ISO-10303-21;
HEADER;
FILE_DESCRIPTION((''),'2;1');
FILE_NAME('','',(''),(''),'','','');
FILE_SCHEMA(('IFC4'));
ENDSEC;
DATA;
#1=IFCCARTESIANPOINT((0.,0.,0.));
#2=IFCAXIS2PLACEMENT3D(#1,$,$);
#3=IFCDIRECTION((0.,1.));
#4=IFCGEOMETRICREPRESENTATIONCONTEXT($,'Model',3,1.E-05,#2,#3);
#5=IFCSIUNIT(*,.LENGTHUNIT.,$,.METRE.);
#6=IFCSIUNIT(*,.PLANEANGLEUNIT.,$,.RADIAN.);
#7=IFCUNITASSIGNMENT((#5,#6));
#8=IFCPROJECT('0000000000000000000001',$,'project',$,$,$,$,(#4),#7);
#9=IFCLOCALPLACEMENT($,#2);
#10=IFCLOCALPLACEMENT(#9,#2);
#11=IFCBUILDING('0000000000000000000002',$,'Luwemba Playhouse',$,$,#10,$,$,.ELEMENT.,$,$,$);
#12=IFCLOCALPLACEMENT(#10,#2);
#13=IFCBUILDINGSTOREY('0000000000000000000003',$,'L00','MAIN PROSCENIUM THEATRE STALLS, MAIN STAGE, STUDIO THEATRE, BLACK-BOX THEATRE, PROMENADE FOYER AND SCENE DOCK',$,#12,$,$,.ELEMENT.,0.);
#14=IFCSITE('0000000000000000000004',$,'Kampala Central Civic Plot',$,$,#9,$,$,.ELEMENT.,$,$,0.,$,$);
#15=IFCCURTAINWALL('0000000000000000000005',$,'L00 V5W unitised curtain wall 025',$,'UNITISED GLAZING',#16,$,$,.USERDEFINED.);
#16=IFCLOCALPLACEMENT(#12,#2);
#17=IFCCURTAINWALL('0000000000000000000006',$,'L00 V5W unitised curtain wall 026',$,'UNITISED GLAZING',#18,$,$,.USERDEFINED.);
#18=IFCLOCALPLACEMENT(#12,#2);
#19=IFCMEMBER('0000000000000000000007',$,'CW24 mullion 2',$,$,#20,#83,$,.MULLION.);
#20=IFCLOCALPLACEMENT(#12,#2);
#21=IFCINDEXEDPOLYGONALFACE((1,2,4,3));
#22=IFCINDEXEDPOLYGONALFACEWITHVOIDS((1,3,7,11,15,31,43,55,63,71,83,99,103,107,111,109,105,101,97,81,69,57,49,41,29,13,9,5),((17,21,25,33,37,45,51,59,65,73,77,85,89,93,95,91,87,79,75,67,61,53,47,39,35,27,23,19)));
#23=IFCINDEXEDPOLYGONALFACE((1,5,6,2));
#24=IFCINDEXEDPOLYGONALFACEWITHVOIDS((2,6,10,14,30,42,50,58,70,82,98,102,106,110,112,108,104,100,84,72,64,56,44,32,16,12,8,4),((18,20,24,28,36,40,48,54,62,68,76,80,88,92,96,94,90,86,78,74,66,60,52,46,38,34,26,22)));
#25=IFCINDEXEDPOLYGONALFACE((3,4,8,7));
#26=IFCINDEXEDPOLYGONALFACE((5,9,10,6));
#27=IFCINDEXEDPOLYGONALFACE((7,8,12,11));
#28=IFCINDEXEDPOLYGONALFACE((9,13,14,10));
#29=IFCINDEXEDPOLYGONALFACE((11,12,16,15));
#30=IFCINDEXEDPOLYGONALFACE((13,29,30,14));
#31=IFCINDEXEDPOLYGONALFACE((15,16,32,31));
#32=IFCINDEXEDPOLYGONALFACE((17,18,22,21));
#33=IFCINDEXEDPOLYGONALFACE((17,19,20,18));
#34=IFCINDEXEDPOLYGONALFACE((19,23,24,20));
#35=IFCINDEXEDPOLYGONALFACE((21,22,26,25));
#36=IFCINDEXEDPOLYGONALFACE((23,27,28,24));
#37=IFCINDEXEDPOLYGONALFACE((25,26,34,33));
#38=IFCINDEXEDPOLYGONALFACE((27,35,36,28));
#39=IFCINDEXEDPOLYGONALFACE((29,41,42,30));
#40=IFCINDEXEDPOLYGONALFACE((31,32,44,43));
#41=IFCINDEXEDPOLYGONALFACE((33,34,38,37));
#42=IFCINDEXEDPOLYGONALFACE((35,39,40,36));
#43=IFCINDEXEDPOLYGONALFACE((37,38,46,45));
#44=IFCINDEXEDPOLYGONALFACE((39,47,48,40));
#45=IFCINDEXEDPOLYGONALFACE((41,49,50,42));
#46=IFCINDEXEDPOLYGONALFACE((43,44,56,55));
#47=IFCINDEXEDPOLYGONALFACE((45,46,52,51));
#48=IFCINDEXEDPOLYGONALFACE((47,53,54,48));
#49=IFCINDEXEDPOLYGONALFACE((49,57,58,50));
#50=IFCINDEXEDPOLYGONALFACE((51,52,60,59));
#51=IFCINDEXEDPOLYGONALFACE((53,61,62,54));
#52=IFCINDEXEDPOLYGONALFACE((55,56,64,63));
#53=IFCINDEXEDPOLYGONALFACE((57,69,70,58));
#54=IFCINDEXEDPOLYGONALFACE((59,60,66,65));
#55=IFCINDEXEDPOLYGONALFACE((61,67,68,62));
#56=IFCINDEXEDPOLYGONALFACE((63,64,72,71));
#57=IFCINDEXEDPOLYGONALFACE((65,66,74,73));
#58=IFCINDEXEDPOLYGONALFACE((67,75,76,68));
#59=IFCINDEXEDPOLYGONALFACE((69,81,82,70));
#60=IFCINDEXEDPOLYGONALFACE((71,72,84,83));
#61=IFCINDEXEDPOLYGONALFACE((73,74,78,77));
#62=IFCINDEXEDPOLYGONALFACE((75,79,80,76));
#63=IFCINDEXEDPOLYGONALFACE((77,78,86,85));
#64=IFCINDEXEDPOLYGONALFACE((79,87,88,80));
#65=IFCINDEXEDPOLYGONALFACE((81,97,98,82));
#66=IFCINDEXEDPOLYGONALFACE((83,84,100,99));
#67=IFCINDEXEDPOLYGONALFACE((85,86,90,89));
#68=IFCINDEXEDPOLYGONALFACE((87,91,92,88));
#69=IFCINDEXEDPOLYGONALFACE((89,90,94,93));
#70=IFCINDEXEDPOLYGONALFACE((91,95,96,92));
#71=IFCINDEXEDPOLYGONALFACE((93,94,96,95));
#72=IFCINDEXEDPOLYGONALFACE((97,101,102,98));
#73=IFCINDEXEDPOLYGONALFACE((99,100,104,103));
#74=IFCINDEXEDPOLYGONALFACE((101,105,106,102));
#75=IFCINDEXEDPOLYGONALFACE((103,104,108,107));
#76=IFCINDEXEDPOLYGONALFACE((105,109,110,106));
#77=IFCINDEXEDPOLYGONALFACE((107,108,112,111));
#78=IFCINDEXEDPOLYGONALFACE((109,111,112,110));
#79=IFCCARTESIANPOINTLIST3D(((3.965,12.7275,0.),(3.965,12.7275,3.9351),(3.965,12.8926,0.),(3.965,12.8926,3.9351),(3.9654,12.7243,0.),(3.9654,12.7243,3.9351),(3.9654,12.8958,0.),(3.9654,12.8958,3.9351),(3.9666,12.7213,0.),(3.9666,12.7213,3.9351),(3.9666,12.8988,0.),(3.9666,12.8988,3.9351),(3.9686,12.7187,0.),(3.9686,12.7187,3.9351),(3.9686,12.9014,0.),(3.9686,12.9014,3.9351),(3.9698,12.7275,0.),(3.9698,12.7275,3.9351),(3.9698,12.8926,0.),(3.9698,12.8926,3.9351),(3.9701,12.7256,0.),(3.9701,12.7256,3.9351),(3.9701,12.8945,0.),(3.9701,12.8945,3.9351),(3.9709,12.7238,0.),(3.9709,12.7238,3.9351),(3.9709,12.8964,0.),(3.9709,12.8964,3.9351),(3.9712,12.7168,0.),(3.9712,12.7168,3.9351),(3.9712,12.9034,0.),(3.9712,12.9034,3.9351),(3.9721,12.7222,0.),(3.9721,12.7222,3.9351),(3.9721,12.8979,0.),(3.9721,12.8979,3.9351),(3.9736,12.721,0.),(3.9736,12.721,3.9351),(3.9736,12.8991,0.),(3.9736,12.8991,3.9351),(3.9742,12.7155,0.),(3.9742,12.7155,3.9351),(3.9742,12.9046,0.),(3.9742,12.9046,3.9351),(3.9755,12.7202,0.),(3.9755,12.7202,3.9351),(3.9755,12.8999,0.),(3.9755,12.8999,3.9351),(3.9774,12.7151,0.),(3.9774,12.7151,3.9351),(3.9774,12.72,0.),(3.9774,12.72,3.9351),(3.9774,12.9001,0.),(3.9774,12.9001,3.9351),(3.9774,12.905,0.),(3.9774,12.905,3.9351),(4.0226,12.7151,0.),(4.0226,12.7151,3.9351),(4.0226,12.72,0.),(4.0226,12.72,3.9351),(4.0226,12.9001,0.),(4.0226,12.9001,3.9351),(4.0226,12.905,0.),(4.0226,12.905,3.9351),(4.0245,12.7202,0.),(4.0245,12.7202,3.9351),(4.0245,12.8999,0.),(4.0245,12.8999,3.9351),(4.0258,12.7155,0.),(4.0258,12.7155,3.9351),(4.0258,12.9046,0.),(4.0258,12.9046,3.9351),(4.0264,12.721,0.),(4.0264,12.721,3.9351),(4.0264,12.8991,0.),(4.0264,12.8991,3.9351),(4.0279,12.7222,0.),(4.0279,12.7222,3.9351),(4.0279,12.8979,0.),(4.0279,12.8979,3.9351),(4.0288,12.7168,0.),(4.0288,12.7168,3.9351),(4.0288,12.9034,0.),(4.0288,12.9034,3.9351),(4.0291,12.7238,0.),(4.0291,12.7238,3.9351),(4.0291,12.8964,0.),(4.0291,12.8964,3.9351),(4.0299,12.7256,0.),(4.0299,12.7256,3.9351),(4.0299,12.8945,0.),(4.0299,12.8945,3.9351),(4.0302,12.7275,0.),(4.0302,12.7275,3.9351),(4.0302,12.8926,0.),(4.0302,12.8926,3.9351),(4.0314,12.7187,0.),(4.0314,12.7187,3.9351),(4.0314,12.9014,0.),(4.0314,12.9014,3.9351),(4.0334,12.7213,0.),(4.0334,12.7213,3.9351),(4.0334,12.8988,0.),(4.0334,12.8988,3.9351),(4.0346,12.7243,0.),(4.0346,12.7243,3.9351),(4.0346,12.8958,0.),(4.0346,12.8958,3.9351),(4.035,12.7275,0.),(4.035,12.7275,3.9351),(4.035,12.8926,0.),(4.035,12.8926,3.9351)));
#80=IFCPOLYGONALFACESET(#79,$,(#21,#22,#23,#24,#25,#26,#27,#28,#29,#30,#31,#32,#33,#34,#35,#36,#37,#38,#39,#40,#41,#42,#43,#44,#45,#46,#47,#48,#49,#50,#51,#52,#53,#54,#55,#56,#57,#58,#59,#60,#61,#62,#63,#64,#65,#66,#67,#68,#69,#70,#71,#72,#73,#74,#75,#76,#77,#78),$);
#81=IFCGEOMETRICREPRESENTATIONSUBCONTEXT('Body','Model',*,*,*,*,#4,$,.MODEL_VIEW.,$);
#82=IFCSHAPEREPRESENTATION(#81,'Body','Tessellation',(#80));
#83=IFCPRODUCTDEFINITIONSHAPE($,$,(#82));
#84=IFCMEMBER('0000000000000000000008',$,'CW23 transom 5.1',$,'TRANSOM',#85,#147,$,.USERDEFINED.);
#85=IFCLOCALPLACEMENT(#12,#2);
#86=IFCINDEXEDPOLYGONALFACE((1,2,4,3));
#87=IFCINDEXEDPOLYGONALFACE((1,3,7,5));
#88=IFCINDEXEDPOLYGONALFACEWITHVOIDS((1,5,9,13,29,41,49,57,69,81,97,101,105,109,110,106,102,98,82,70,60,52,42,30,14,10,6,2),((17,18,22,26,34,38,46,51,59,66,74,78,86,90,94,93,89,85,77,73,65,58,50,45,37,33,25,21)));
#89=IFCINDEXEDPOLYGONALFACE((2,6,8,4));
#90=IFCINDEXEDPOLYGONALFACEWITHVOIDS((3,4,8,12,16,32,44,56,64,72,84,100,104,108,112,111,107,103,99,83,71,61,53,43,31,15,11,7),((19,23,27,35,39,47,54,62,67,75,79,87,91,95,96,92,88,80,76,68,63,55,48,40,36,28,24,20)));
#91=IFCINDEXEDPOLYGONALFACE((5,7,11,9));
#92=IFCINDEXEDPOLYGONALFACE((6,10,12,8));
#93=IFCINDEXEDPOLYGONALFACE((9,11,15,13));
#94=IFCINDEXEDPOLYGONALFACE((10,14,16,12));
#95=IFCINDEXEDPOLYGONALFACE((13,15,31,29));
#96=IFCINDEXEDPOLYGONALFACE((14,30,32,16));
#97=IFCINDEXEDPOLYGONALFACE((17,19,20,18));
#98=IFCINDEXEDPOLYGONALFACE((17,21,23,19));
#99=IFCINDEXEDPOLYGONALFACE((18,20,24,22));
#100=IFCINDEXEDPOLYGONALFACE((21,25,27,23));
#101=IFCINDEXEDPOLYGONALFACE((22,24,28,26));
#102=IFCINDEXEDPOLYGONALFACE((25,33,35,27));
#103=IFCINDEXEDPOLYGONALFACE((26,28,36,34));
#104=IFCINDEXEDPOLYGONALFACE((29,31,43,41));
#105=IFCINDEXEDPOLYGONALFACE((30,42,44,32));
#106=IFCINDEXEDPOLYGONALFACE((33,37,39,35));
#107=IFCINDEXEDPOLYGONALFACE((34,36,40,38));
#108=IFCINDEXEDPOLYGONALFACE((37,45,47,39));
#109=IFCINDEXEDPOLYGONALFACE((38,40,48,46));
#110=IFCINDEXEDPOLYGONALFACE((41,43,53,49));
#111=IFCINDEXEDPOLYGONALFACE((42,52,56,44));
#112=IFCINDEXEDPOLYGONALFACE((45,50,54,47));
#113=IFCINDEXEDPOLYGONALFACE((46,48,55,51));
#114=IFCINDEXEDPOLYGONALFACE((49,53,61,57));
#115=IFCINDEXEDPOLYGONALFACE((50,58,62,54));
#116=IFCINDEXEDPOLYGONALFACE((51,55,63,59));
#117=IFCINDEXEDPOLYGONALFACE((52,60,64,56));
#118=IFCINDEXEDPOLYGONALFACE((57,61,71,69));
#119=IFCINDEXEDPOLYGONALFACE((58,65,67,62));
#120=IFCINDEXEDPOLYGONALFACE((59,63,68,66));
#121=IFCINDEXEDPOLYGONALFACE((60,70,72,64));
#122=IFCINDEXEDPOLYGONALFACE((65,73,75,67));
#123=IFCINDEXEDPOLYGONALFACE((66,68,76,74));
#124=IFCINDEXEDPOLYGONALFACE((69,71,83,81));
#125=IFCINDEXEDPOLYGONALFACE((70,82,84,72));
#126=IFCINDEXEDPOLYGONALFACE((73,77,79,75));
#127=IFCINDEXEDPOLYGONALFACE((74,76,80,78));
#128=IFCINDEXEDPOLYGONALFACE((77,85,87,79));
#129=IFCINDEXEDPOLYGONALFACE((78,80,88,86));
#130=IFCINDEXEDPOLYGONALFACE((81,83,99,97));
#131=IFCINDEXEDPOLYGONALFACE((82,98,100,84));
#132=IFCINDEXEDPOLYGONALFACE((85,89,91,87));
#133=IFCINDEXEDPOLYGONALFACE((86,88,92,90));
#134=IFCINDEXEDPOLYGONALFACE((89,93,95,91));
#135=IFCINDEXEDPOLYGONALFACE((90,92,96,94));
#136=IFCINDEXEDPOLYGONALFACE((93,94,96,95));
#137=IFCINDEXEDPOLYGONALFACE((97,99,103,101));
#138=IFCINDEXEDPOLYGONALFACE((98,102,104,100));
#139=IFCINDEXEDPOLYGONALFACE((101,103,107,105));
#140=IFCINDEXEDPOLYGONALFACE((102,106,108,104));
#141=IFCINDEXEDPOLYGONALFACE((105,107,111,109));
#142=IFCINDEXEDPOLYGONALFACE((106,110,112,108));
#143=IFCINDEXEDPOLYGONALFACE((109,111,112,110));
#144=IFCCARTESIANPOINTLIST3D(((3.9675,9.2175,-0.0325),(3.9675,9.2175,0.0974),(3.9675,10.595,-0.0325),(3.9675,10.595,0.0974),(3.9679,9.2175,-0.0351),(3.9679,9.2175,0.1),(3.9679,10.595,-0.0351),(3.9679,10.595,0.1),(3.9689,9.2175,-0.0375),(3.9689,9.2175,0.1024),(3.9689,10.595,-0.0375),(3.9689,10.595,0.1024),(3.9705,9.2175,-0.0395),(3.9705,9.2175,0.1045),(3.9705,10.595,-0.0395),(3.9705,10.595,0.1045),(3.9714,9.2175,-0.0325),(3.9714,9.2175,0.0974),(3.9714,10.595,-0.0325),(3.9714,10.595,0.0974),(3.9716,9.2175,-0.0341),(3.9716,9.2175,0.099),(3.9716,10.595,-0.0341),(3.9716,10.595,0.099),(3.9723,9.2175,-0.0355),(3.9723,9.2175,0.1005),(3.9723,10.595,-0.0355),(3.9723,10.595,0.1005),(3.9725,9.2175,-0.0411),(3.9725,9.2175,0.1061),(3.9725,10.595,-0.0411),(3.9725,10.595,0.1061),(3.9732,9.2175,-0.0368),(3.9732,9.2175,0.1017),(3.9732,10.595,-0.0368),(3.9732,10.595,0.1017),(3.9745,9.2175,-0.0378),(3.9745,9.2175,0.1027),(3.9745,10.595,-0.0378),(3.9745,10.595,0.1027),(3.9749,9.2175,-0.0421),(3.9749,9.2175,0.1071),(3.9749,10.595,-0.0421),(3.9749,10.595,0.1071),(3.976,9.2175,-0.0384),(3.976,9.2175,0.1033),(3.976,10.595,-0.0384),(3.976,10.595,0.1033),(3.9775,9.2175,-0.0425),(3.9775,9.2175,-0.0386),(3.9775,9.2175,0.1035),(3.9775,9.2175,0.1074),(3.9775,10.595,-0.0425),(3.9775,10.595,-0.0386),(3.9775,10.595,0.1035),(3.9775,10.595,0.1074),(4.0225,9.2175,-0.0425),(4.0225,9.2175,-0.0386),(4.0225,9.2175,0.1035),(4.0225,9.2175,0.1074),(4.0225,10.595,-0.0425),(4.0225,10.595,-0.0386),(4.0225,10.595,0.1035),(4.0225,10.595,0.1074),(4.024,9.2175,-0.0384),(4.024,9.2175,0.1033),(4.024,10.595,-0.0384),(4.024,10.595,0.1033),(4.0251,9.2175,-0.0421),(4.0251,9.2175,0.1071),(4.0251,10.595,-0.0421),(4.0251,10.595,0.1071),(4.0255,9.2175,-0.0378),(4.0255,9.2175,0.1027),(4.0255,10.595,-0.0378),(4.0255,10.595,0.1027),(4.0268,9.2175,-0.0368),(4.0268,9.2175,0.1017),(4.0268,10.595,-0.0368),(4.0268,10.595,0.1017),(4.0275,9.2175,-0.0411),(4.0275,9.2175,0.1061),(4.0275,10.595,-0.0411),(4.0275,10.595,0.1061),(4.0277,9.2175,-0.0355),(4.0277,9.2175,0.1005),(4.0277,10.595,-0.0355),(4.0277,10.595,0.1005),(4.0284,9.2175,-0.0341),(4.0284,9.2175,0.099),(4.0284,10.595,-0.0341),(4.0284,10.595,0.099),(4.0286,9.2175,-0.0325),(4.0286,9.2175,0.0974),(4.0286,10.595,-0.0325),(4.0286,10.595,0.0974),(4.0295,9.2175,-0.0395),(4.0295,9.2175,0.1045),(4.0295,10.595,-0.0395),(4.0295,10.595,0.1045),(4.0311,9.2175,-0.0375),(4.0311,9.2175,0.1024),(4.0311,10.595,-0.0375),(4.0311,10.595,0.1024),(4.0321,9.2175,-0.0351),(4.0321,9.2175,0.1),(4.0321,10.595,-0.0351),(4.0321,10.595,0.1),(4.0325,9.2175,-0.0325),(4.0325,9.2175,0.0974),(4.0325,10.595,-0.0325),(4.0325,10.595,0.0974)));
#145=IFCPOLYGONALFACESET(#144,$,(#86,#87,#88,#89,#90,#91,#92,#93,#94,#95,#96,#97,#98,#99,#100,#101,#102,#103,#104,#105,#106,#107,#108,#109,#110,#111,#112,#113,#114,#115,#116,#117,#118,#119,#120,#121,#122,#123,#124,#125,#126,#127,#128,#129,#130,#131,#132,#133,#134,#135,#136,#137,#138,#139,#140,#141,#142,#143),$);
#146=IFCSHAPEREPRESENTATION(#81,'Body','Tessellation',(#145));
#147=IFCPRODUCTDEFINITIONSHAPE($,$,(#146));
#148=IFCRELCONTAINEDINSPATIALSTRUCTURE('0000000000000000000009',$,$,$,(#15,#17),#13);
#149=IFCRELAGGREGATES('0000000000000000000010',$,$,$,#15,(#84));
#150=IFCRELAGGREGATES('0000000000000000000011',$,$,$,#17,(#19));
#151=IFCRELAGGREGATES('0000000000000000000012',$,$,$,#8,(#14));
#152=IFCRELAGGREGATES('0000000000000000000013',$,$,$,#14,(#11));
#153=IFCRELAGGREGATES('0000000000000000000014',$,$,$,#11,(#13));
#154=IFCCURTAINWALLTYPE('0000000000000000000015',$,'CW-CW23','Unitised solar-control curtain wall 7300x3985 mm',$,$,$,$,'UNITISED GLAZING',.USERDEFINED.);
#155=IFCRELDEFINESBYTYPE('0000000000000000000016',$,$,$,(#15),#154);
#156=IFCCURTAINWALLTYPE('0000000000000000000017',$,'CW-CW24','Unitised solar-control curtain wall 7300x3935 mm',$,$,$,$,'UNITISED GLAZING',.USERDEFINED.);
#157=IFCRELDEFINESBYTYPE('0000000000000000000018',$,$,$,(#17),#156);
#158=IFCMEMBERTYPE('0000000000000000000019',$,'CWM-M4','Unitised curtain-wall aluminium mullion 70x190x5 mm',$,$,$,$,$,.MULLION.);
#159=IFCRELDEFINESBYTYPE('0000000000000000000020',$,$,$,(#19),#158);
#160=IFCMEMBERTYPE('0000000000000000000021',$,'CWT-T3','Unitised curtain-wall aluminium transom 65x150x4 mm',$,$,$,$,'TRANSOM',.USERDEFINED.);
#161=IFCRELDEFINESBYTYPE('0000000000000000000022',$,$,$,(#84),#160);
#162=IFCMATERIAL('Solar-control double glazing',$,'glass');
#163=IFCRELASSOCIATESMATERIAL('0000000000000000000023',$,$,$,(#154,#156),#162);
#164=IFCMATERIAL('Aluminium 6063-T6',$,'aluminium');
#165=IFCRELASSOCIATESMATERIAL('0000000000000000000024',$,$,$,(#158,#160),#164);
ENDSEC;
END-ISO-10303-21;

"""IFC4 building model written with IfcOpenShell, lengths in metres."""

from ifc_helpers import new_model, si_unit, direction, frame, origin, origin_2d, place, context, subcontext, project, spatial, hollow_rectangle, extrude, material, material_profile, profile_set, type_object, element, aggregate, save


model = new_model("IFC4")

# Units and contexts
model_context = context("Model", 3, precision=1e-05, world=origin(), true_north=direction((0.0, 1.0)))
body_context = subcontext(model_context, "Body", "Model", "MODEL_VIEW")
ifc_project = project(units=[si_unit("LENGTHUNIT", "METRE"), si_unit("PLANEANGLEUNIT", "RADIAN")], contexts=[model_context])

# Site, building, storey
site_placement = place(None, origin())
site = spatial("IfcSite", under=ifc_project, at=site_placement, Name="Kampala Central Civic Plot", CompositionType="ELEMENT", RefElevation=0.0)
building_placement = place(site_placement, origin())
building = spatial("IfcBuilding", under=site, at=building_placement, Name="Luwemba Playhouse", CompositionType="ELEMENT")
storey_placement = place(building_placement, origin())
storey = spatial("IfcBuildingStorey", under=building, at=storey_placement, Name="L00", Description="MAIN PROSCENIUM THEATRE STALLS, MAIN STAGE, STUDIO THEATRE, BLACK-BOX THEATRE, PROMENADE FOYER AND SCENE DOCK", CompositionType="ELEMENT", Elevation=0.0)

# Curtain walls, member
ifc_material_1 = material(Name="Solar-control double glazing", Category="glass")
curtain_wall_type_1 = type_object("IfcCurtainWallType", Name="CW-CW23", Description="Unitised solar-control curtain wall 7300x3985 mm", ElementType="UNITISED GLAZING", PredefinedType="USERDEFINED", material=ifc_material_1)
curtain_wall_1_placement = place(storey_placement, origin())
curtain_wall_1 = element("IfcCurtainWall", 1, at=curtain_wall_1_placement, inside=storey, type_object=curtain_wall_type_1, Name="L00 V5W unitised curtain wall 025", ObjectType="UNITISED GLAZING", PredefinedType="USERDEFINED")
ifc_material_2 = material(Name="Aluminium 6063-T6", Category="aluminium")
curtain_wall_type_2 = type_object("IfcCurtainWallType", Name="CW-CW24", Description="Unitised solar-control curtain wall 7300x3935 mm", ElementType="UNITISED GLAZING", PredefinedType="USERDEFINED", material=ifc_material_1)
curtain_wall_2_placement = place(storey_placement, origin())
curtain_wall_2 = element("IfcCurtainWall", 2, at=curtain_wall_2_placement, inside=storey, type_object=curtain_wall_type_2, Name="L00 V5W unitised curtain wall 026", ObjectType="UNITISED GLAZING", PredefinedType="USERDEFINED")
ifc_material_profile_1 = material_profile(ifc_material_2, hollow_rectangle(XDim=0.0701, YDim=0.1899, WallThickness=0.0049, InnerFilletRadius=0.0076, OuterFilletRadius=0.0125, at=origin_2d()))
ifc_profile_set_1 = profile_set([ifc_material_profile_1], Name="Aluminium 6063-T6")
member_type_1 = type_object("IfcMemberType", Name="CWM-M4", Description="Unitised curtain-wall aluminium mullion 70x190x5 mm", PredefinedType="MULLION", material=ifc_profile_set_1)
member_1_placement = place(storey_placement, frame((4.0, 12.8101, 0.0), z_axis=(0.0, 0.0, 1.0), x_axis=(-1.0, 0.0, 0.0)))
member_1 = element("IfcMember", 3, at=member_1_placement, type_object=member_type_1, Name="CW24 mullion 2", PredefinedType="MULLION", context=body_context, shape_type="SweptSolid", body=[
    extrude(hollow_rectangle(XDim=0.0701, YDim=0.1899, WallThickness=0.0049, InnerFilletRadius=0.0076, OuterFilletRadius=0.0125, at=origin_2d()), origin(), (0.0, 0.0, 1.0), 3.9351),
])

# Member
ifc_material_profile_2 = material_profile(ifc_material_2, hollow_rectangle(XDim=0.0649, YDim=0.1499, WallThickness=0.0039, InnerFilletRadius=0.0061, OuterFilletRadius=0.01, at=origin_2d()))
ifc_profile_set_2 = profile_set([ifc_material_profile_2], Name="Aluminium 6063-T6")
member_type_2 = type_object("IfcMemberType", Name="CWT-T3", Description="Unitised curtain-wall aluminium transom 65x150x4 mm", ElementType="TRANSOM", PredefinedType="USERDEFINED", material=ifc_profile_set_2)
member_2_placement = place(storey_placement, frame((4.0, 9.2175, 0.0325), z_axis=(0.0, 1.0, 0.0), x_axis=(-1.0, 0.0, 0.0)))
member_2 = element("IfcMember", 4, at=member_2_placement, type_object=member_type_2, Name="CW23 transom 5.1", ObjectType="TRANSOM", PredefinedType="USERDEFINED", context=body_context, shape_type="SweptSolid", body=[
    extrude(hollow_rectangle(XDim=0.0649, YDim=0.1499, WallThickness=0.0039, InnerFilletRadius=0.0061, OuterFilletRadius=0.01, at=origin_2d()), origin(), (0.0, 0.0, 1.0), 1.3774),
])

aggregate(curtain_wall_1, [member_2])
aggregate(curtain_wall_2, [member_1])

save(model, "model.ifc")
